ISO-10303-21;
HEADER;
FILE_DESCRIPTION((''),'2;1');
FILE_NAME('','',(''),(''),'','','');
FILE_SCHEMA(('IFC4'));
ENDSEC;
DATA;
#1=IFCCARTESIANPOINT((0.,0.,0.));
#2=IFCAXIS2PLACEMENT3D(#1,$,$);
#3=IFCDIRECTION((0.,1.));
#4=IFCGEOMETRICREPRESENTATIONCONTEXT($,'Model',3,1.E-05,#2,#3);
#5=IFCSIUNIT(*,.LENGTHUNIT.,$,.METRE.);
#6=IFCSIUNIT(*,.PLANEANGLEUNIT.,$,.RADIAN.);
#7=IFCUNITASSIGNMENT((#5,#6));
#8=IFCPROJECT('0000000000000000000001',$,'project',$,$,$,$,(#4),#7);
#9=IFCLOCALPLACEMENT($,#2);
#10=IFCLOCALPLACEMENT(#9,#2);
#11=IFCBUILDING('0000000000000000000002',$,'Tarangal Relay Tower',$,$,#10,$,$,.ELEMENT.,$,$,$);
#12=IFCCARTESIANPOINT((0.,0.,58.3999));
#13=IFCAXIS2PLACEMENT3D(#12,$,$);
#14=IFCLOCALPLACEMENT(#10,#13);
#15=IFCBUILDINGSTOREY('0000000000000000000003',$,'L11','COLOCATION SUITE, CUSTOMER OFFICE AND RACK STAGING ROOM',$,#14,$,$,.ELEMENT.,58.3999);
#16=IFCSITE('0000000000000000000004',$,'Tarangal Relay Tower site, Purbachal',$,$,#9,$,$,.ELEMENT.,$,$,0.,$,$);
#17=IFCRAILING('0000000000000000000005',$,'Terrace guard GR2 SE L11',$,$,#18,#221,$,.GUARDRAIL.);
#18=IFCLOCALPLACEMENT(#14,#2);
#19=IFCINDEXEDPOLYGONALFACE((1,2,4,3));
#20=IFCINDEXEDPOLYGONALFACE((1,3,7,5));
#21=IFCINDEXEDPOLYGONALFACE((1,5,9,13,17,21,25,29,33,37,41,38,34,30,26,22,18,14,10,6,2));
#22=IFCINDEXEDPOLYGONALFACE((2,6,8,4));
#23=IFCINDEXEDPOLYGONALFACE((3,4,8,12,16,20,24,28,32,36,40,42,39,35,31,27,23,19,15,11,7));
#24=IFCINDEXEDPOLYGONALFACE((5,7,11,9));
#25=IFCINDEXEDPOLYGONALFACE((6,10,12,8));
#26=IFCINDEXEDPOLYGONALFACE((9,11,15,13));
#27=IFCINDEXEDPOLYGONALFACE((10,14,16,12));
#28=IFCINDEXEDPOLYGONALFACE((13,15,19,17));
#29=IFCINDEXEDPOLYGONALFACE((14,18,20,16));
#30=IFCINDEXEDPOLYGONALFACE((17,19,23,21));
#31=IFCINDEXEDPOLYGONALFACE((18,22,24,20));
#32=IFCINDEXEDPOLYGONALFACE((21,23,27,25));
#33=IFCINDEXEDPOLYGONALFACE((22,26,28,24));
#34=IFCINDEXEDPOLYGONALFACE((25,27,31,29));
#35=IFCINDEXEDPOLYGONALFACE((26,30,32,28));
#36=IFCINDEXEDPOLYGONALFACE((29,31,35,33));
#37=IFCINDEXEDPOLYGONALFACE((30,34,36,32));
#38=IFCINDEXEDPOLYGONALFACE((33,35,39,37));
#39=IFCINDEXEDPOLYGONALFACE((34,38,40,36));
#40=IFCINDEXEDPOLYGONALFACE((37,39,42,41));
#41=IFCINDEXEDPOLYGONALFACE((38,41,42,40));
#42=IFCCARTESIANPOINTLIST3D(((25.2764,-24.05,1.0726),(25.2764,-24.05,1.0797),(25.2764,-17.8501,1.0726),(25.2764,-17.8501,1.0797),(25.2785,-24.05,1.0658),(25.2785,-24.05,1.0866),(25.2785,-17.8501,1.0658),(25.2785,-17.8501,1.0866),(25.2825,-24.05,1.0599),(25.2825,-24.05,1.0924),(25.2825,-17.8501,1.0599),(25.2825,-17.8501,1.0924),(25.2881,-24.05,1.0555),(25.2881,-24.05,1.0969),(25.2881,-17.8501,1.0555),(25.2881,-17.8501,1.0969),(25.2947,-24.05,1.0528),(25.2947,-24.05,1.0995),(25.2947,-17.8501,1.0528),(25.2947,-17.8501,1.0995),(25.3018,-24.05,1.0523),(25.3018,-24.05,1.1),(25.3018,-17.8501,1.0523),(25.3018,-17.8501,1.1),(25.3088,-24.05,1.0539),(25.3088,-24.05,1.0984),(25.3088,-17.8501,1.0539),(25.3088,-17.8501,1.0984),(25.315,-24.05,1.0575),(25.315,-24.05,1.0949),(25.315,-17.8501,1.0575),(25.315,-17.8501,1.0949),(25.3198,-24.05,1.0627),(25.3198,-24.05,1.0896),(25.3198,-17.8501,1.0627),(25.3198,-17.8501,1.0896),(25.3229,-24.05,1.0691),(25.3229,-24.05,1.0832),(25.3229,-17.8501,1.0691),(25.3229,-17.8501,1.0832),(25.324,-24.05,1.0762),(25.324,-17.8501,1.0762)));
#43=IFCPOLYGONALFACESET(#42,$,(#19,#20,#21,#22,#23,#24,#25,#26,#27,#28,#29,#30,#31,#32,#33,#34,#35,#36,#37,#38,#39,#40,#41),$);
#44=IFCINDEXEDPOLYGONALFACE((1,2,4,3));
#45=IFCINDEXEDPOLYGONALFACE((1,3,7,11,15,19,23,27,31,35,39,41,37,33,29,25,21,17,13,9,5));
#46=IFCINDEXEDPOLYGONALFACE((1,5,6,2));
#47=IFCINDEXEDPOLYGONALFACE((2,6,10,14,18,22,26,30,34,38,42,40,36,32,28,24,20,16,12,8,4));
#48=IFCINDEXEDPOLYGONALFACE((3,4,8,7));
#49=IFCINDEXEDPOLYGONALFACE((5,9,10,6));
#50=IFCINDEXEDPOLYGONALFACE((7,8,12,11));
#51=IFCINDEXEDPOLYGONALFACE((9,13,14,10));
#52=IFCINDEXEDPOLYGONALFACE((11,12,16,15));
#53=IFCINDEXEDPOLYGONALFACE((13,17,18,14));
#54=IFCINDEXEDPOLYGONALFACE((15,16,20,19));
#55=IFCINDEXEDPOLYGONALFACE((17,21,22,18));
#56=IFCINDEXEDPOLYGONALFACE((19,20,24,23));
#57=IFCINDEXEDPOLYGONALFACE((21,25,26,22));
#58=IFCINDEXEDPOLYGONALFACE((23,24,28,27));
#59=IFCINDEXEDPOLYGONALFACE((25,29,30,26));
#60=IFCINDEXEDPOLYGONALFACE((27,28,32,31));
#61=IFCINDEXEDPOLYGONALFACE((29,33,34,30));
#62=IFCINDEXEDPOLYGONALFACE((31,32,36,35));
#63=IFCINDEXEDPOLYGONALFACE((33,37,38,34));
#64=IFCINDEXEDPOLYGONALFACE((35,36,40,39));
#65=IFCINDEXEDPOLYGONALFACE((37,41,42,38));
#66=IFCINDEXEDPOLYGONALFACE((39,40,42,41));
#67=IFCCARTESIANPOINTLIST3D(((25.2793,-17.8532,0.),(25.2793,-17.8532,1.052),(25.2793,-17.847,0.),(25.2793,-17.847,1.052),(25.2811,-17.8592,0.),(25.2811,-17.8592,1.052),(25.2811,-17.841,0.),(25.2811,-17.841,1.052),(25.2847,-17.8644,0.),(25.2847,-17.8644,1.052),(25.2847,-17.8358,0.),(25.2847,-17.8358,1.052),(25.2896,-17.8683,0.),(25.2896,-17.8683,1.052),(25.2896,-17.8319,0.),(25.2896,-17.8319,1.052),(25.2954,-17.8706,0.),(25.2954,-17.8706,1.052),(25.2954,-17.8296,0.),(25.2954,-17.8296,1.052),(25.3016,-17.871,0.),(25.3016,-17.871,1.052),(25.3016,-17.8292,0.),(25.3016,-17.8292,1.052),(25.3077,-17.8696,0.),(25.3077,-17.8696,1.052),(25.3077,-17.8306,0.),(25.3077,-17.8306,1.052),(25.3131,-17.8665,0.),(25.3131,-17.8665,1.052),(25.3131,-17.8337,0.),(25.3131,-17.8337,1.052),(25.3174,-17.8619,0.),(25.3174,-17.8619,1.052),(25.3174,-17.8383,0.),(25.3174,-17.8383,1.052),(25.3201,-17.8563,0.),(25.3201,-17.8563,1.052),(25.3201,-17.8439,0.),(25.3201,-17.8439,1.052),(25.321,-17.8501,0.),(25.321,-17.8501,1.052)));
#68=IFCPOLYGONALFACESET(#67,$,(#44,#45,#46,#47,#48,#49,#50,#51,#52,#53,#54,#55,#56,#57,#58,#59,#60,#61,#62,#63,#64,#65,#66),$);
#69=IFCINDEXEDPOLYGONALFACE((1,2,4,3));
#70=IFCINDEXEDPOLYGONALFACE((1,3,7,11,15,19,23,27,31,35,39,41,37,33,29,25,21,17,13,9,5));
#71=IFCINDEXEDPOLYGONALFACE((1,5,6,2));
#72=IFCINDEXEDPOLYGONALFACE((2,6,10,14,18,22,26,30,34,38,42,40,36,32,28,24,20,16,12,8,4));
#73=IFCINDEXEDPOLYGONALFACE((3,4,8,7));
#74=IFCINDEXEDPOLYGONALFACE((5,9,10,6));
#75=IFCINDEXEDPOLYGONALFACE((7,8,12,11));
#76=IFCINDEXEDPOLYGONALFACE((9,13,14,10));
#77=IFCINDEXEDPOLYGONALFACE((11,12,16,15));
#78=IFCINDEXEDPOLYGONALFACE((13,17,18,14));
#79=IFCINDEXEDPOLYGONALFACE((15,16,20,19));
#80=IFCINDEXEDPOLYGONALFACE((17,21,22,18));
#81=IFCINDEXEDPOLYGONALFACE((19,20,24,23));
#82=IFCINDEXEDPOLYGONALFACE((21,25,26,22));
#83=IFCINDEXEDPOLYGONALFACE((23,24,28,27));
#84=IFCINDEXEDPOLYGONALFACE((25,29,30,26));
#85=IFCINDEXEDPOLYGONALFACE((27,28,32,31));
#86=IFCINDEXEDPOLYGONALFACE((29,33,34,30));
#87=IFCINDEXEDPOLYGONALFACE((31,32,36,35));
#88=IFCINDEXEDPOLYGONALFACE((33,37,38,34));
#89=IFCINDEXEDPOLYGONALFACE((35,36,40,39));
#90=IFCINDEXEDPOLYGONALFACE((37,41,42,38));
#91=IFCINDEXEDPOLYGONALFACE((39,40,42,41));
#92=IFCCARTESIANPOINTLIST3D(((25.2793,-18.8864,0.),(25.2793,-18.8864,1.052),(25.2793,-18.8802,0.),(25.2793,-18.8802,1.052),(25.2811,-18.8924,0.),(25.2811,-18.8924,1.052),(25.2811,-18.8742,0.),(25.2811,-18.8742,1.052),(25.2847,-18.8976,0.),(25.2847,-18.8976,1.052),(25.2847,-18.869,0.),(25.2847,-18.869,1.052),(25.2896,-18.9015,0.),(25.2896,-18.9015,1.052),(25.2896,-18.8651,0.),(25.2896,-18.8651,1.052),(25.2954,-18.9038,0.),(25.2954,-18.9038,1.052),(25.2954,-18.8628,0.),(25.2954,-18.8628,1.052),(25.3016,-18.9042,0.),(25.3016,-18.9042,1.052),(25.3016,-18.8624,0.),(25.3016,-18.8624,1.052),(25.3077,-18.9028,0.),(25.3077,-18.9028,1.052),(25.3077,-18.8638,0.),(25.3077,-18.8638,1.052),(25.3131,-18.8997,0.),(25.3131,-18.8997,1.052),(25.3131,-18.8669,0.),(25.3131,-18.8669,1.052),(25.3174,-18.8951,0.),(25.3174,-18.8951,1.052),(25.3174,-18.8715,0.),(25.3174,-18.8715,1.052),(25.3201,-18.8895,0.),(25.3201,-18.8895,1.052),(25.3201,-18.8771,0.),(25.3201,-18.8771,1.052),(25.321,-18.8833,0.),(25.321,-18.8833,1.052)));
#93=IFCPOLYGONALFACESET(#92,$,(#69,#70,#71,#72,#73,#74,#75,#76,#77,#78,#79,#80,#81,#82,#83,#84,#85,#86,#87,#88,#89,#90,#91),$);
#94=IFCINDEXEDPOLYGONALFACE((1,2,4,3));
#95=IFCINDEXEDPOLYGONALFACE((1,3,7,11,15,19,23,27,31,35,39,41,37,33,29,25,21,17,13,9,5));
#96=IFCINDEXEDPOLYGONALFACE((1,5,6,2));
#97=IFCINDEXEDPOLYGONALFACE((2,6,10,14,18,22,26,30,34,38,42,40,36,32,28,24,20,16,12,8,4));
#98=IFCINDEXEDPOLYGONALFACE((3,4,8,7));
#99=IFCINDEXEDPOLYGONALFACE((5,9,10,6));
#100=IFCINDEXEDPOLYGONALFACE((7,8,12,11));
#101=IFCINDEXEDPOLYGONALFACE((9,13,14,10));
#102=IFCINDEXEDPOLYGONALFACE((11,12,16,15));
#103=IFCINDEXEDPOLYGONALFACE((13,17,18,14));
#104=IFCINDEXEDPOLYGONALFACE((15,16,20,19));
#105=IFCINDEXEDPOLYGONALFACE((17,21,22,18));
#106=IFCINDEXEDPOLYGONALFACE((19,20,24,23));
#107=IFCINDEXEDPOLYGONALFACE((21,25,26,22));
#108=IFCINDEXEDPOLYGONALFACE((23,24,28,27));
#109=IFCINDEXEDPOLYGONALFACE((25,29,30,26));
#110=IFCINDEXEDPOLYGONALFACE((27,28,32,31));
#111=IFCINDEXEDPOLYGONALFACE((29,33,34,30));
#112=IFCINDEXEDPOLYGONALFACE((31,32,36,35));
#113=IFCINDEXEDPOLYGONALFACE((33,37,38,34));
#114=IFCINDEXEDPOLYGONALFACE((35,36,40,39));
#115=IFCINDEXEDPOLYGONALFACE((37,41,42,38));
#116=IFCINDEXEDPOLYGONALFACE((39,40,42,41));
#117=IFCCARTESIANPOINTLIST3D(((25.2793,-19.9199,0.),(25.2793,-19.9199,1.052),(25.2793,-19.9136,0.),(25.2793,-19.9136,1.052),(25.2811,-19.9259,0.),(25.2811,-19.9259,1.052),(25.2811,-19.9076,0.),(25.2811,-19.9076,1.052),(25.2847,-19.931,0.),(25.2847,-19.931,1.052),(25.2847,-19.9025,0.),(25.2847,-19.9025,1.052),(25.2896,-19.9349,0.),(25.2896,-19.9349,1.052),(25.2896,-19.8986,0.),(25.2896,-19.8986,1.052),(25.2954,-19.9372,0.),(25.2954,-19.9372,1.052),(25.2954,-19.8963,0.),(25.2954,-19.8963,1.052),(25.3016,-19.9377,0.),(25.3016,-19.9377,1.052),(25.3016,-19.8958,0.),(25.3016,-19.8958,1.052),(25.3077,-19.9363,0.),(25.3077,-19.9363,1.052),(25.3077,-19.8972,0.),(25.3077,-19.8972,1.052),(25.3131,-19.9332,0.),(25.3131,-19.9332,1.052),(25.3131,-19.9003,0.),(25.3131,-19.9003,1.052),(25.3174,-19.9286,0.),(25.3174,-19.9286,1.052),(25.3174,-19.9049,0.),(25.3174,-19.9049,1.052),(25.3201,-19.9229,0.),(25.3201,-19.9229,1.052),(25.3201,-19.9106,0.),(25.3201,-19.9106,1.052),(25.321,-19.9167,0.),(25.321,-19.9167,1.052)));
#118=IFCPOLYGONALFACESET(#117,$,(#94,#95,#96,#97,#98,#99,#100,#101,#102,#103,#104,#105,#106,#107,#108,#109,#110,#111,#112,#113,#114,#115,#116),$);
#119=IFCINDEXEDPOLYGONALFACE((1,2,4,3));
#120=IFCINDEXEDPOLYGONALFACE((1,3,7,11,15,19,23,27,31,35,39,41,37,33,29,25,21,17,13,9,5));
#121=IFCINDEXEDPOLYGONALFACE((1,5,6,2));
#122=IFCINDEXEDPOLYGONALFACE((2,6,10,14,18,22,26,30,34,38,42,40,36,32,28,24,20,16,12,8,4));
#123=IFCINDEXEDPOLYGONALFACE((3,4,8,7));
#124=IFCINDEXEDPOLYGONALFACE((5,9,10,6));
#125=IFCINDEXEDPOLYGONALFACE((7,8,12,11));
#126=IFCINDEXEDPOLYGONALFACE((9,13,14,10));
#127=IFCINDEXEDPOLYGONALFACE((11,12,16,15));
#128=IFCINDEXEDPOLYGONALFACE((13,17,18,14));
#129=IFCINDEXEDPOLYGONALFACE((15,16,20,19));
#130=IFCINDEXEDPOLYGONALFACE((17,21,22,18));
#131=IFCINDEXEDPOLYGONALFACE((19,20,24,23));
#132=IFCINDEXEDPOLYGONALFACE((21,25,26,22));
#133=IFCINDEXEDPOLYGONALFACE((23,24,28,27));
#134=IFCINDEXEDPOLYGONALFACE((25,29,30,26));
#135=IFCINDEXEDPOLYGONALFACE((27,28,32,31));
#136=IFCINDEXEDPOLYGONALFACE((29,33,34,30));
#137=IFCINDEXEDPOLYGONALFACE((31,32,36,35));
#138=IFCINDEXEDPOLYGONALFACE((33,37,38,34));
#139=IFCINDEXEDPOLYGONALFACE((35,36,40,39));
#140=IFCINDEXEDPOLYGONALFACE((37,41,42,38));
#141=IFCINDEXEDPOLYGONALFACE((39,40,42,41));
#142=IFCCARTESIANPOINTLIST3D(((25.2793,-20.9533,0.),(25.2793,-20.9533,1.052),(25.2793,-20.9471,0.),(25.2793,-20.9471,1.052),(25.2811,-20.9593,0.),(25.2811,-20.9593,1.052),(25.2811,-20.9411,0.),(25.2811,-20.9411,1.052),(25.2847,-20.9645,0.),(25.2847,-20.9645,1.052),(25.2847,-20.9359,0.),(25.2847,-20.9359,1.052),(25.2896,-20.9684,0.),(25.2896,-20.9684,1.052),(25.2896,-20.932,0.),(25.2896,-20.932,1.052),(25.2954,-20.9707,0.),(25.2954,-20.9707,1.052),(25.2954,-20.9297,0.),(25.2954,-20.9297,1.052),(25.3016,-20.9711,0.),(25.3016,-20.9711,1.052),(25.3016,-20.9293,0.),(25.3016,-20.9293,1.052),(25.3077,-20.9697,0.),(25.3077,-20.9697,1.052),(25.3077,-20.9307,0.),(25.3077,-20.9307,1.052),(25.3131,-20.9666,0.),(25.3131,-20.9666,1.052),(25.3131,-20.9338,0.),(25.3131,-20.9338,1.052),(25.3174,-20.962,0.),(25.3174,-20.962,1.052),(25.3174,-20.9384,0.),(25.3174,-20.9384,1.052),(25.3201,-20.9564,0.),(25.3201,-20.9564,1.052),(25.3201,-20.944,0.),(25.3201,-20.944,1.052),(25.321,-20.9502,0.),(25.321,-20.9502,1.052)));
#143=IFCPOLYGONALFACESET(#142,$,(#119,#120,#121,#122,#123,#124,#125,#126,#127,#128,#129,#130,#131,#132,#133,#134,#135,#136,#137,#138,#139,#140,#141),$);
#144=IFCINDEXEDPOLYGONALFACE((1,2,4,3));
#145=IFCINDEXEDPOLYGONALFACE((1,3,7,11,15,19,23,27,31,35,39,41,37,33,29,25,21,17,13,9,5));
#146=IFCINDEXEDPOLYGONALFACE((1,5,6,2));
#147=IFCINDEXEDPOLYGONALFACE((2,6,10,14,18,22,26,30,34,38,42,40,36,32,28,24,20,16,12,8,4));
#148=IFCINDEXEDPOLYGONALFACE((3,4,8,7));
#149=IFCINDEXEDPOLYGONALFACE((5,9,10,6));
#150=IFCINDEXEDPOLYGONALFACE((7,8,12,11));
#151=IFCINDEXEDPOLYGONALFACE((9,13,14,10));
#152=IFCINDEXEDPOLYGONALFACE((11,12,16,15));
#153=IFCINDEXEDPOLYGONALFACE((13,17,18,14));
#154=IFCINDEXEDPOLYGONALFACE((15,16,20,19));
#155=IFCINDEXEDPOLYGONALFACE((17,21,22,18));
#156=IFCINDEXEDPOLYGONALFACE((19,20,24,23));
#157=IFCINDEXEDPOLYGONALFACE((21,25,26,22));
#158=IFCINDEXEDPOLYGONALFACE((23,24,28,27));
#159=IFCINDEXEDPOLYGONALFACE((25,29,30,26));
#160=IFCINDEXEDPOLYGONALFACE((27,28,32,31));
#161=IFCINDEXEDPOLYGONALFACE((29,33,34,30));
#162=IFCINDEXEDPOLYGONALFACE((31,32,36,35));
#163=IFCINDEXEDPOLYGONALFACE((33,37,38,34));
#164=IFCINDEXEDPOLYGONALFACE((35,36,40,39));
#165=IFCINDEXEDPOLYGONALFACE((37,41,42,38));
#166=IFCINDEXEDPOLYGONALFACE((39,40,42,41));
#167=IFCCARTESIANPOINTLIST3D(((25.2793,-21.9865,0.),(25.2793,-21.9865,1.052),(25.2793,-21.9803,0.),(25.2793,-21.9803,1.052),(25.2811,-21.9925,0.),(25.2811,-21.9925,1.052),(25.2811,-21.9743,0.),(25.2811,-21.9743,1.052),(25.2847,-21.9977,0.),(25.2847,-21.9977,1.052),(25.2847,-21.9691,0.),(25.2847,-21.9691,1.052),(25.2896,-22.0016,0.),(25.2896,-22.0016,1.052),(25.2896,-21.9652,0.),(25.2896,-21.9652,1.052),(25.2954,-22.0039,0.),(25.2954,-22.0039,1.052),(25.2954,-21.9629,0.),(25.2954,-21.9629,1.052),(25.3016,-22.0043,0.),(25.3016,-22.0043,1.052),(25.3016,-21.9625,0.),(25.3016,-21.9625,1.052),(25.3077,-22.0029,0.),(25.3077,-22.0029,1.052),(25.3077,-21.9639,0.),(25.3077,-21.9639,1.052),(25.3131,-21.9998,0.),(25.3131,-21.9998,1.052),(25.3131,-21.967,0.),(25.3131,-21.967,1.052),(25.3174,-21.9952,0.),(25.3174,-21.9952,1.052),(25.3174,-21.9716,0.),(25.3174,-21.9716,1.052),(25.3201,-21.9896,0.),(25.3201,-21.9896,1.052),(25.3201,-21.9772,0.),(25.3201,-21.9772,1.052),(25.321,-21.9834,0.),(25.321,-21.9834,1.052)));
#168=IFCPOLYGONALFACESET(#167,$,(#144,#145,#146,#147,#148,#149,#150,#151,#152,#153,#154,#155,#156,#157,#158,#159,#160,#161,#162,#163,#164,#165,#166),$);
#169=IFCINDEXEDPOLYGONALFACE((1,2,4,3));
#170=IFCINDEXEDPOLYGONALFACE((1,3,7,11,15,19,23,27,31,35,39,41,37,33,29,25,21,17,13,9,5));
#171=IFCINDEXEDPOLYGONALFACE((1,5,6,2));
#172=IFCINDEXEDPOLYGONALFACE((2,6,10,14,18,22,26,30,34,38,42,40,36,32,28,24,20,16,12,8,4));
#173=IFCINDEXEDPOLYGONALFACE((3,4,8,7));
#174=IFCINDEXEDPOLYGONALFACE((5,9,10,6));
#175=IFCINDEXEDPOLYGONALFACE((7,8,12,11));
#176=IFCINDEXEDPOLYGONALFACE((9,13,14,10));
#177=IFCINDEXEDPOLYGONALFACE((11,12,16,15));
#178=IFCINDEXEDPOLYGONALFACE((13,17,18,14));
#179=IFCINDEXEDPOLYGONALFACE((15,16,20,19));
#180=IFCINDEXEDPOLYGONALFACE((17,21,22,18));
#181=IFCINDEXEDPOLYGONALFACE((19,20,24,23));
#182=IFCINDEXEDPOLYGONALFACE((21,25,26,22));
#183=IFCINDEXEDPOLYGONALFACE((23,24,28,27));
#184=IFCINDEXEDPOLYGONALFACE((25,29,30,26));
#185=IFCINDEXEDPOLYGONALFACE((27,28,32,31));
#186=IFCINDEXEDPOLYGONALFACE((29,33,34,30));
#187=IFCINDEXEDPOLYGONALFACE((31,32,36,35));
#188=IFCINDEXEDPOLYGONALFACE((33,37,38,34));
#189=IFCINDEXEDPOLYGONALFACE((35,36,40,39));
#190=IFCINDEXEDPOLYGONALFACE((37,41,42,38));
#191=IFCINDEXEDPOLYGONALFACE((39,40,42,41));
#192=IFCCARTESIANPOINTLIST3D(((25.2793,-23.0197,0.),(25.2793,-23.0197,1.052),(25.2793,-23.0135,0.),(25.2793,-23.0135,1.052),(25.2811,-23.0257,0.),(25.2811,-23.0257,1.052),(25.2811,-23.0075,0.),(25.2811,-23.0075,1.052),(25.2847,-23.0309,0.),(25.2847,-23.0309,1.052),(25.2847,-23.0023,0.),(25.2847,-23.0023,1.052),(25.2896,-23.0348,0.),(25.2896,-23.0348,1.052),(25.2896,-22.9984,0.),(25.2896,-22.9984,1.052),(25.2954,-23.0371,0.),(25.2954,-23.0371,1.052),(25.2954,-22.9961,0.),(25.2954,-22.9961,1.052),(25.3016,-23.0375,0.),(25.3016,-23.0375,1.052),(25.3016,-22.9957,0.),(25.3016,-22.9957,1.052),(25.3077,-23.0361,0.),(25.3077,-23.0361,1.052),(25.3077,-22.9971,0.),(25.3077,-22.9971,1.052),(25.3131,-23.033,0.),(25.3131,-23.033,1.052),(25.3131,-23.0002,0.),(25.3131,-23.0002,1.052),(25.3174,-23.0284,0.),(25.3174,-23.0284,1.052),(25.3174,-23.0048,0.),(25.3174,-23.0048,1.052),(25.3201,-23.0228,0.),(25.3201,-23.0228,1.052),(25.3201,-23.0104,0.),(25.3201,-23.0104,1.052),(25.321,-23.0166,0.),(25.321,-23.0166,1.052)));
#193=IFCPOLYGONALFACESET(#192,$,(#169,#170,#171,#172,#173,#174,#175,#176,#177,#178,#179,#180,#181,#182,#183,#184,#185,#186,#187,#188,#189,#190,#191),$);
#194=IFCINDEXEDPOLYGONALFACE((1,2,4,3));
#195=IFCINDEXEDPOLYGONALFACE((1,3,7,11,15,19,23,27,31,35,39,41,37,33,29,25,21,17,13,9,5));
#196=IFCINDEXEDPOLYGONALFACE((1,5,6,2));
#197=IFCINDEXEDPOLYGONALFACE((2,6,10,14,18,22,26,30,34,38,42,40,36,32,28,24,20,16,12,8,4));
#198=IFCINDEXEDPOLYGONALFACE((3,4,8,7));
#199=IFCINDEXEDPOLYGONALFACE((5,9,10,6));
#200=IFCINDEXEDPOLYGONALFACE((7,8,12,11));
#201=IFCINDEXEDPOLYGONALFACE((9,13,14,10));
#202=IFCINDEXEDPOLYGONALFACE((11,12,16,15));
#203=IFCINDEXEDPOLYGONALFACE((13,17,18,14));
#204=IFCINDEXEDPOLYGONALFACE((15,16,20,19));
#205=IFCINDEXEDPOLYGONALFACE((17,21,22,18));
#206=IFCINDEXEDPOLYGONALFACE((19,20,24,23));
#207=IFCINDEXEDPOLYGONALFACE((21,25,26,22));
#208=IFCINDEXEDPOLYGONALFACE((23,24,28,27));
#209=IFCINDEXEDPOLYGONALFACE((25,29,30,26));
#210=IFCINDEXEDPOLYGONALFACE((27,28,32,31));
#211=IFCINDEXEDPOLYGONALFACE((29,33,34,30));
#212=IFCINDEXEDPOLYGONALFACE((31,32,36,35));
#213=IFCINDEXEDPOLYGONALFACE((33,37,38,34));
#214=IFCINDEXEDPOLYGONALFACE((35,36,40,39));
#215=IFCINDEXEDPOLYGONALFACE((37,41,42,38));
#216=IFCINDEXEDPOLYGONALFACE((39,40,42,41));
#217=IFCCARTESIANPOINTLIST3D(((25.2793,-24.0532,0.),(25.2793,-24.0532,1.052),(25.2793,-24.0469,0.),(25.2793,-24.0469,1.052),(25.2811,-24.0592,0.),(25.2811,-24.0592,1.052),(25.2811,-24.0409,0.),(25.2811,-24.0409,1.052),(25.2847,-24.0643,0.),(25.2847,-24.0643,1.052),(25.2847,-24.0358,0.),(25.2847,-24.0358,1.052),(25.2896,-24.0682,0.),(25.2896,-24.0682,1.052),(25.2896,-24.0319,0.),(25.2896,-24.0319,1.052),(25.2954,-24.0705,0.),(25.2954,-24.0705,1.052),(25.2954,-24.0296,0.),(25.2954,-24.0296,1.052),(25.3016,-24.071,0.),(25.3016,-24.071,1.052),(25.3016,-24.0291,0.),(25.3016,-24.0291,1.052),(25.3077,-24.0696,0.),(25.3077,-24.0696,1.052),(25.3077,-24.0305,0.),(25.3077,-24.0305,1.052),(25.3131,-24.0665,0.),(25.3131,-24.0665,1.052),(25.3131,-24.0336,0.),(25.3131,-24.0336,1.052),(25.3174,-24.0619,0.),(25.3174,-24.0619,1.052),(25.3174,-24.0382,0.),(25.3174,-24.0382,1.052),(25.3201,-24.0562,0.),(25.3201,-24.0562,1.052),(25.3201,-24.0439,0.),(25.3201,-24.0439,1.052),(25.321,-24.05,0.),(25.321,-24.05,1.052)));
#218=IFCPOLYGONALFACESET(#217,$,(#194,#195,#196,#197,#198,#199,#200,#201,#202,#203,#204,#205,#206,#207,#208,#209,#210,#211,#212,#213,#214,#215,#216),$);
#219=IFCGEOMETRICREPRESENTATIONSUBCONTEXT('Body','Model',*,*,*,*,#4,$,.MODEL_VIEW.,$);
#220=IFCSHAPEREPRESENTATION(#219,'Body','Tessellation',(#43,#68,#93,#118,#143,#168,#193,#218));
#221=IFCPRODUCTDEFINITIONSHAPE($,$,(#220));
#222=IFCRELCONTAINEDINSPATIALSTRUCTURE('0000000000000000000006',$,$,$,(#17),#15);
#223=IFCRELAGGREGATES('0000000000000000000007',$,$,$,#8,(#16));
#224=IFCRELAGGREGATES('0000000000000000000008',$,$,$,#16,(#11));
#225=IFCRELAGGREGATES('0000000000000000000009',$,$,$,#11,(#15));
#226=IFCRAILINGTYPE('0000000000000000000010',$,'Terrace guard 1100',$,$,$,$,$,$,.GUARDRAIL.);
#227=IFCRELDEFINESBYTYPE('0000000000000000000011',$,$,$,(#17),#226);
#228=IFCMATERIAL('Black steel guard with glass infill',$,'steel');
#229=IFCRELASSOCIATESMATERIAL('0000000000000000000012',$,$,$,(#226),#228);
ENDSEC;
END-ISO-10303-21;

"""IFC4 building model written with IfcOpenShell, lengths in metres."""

from ifc_helpers import new_model, si_unit, direction, frame, origin, origin_2d, place, context, subcontext, project, spatial, circle, extrude, material, type_object, element, save


model = new_model("IFC4")

# Units and contexts
model_context = context("Model", 3, precision=1e-05, world=origin(), true_north=direction((0.0, 1.0)))
body_context = subcontext(model_context, "Body", "Model", "MODEL_VIEW")
ifc_project = project(units=[si_unit("LENGTHUNIT", "METRE"), si_unit("PLANEANGLEUNIT", "RADIAN")], contexts=[model_context])

# Site, building, storey
site_placement = place(None, origin())
site = spatial("IfcSite", under=ifc_project, at=site_placement, Name="Tarangal Relay Tower site, Purbachal", CompositionType="ELEMENT", RefElevation=0.0)
building_placement = place(site_placement, origin())
building = spatial("IfcBuilding", under=site, at=building_placement, Name="Tarangal Relay Tower", CompositionType="ELEMENT")
storey_placement = place(building_placement, frame((0.0, 0.0, 58.3999)))
storey = spatial("IfcBuildingStorey", under=building, at=storey_placement, Name="L11", Description="COLOCATION SUITE, CUSTOMER OFFICE AND RACK STAGING ROOM", CompositionType="ELEMENT", Elevation=58.3999)

# Railing
ifc_material_1 = material(Name="Black steel guard with glass infill", Category="steel")
railing_type = type_object("IfcRailingType", Name="Terrace guard 1100", PredefinedType="GUARDRAIL", material=ifc_material_1)
railing_1_placement = place(storey_placement, frame((25.3, -17.8501, 0.0)))
element("IfcRailing", 1, at=railing_1_placement, inside=storey, type_object=railing_type, Name="Terrace guard GR2 SE L11", PredefinedType="GUARDRAIL", context=body_context, shape_type="SweptSolid", body=[
    extrude(circle(Radius=0.0239, at=origin_2d()), frame((0.0, 0.0, 1.0762), z_axis=(0.0, -1.0, 0.0), x_axis=(1.0, 0.0, 0.0)), (0.0, 0.0, 1.0), 6.2),
    extrude(circle(Radius=0.021, at=origin_2d()), origin(), (0.0, 0.0, 1.0), 1.052),
    extrude(circle(Radius=0.021, at=origin_2d()), frame((0.0, -1.0332, 0.0)), (0.0, 0.0, 1.0), 1.052),
    extrude(circle(Radius=0.021, at=origin_2d()), frame((0.0, -2.0667, 0.0)), (0.0, 0.0, 1.0), 1.052),
    extrude(circle(Radius=0.021, at=origin_2d()), frame((0.0, -3.1001, 0.0)), (0.0, 0.0, 1.0), 1.052),
    extrude(circle(Radius=0.021, at=origin_2d()), frame((0.0, -4.1333, 0.0)), (0.0, 0.0, 1.0), 1.052),
    extrude(circle(Radius=0.021, at=origin_2d()), frame((0.0, -5.1665, 0.0)), (0.0, 0.0, 1.0), 1.052),
    extrude(circle(Radius=0.021, at=origin_2d()), frame((0.0, -6.2, 0.0)), (0.0, 0.0, 1.0), 1.052),
])

save(model, "model.ifc")
